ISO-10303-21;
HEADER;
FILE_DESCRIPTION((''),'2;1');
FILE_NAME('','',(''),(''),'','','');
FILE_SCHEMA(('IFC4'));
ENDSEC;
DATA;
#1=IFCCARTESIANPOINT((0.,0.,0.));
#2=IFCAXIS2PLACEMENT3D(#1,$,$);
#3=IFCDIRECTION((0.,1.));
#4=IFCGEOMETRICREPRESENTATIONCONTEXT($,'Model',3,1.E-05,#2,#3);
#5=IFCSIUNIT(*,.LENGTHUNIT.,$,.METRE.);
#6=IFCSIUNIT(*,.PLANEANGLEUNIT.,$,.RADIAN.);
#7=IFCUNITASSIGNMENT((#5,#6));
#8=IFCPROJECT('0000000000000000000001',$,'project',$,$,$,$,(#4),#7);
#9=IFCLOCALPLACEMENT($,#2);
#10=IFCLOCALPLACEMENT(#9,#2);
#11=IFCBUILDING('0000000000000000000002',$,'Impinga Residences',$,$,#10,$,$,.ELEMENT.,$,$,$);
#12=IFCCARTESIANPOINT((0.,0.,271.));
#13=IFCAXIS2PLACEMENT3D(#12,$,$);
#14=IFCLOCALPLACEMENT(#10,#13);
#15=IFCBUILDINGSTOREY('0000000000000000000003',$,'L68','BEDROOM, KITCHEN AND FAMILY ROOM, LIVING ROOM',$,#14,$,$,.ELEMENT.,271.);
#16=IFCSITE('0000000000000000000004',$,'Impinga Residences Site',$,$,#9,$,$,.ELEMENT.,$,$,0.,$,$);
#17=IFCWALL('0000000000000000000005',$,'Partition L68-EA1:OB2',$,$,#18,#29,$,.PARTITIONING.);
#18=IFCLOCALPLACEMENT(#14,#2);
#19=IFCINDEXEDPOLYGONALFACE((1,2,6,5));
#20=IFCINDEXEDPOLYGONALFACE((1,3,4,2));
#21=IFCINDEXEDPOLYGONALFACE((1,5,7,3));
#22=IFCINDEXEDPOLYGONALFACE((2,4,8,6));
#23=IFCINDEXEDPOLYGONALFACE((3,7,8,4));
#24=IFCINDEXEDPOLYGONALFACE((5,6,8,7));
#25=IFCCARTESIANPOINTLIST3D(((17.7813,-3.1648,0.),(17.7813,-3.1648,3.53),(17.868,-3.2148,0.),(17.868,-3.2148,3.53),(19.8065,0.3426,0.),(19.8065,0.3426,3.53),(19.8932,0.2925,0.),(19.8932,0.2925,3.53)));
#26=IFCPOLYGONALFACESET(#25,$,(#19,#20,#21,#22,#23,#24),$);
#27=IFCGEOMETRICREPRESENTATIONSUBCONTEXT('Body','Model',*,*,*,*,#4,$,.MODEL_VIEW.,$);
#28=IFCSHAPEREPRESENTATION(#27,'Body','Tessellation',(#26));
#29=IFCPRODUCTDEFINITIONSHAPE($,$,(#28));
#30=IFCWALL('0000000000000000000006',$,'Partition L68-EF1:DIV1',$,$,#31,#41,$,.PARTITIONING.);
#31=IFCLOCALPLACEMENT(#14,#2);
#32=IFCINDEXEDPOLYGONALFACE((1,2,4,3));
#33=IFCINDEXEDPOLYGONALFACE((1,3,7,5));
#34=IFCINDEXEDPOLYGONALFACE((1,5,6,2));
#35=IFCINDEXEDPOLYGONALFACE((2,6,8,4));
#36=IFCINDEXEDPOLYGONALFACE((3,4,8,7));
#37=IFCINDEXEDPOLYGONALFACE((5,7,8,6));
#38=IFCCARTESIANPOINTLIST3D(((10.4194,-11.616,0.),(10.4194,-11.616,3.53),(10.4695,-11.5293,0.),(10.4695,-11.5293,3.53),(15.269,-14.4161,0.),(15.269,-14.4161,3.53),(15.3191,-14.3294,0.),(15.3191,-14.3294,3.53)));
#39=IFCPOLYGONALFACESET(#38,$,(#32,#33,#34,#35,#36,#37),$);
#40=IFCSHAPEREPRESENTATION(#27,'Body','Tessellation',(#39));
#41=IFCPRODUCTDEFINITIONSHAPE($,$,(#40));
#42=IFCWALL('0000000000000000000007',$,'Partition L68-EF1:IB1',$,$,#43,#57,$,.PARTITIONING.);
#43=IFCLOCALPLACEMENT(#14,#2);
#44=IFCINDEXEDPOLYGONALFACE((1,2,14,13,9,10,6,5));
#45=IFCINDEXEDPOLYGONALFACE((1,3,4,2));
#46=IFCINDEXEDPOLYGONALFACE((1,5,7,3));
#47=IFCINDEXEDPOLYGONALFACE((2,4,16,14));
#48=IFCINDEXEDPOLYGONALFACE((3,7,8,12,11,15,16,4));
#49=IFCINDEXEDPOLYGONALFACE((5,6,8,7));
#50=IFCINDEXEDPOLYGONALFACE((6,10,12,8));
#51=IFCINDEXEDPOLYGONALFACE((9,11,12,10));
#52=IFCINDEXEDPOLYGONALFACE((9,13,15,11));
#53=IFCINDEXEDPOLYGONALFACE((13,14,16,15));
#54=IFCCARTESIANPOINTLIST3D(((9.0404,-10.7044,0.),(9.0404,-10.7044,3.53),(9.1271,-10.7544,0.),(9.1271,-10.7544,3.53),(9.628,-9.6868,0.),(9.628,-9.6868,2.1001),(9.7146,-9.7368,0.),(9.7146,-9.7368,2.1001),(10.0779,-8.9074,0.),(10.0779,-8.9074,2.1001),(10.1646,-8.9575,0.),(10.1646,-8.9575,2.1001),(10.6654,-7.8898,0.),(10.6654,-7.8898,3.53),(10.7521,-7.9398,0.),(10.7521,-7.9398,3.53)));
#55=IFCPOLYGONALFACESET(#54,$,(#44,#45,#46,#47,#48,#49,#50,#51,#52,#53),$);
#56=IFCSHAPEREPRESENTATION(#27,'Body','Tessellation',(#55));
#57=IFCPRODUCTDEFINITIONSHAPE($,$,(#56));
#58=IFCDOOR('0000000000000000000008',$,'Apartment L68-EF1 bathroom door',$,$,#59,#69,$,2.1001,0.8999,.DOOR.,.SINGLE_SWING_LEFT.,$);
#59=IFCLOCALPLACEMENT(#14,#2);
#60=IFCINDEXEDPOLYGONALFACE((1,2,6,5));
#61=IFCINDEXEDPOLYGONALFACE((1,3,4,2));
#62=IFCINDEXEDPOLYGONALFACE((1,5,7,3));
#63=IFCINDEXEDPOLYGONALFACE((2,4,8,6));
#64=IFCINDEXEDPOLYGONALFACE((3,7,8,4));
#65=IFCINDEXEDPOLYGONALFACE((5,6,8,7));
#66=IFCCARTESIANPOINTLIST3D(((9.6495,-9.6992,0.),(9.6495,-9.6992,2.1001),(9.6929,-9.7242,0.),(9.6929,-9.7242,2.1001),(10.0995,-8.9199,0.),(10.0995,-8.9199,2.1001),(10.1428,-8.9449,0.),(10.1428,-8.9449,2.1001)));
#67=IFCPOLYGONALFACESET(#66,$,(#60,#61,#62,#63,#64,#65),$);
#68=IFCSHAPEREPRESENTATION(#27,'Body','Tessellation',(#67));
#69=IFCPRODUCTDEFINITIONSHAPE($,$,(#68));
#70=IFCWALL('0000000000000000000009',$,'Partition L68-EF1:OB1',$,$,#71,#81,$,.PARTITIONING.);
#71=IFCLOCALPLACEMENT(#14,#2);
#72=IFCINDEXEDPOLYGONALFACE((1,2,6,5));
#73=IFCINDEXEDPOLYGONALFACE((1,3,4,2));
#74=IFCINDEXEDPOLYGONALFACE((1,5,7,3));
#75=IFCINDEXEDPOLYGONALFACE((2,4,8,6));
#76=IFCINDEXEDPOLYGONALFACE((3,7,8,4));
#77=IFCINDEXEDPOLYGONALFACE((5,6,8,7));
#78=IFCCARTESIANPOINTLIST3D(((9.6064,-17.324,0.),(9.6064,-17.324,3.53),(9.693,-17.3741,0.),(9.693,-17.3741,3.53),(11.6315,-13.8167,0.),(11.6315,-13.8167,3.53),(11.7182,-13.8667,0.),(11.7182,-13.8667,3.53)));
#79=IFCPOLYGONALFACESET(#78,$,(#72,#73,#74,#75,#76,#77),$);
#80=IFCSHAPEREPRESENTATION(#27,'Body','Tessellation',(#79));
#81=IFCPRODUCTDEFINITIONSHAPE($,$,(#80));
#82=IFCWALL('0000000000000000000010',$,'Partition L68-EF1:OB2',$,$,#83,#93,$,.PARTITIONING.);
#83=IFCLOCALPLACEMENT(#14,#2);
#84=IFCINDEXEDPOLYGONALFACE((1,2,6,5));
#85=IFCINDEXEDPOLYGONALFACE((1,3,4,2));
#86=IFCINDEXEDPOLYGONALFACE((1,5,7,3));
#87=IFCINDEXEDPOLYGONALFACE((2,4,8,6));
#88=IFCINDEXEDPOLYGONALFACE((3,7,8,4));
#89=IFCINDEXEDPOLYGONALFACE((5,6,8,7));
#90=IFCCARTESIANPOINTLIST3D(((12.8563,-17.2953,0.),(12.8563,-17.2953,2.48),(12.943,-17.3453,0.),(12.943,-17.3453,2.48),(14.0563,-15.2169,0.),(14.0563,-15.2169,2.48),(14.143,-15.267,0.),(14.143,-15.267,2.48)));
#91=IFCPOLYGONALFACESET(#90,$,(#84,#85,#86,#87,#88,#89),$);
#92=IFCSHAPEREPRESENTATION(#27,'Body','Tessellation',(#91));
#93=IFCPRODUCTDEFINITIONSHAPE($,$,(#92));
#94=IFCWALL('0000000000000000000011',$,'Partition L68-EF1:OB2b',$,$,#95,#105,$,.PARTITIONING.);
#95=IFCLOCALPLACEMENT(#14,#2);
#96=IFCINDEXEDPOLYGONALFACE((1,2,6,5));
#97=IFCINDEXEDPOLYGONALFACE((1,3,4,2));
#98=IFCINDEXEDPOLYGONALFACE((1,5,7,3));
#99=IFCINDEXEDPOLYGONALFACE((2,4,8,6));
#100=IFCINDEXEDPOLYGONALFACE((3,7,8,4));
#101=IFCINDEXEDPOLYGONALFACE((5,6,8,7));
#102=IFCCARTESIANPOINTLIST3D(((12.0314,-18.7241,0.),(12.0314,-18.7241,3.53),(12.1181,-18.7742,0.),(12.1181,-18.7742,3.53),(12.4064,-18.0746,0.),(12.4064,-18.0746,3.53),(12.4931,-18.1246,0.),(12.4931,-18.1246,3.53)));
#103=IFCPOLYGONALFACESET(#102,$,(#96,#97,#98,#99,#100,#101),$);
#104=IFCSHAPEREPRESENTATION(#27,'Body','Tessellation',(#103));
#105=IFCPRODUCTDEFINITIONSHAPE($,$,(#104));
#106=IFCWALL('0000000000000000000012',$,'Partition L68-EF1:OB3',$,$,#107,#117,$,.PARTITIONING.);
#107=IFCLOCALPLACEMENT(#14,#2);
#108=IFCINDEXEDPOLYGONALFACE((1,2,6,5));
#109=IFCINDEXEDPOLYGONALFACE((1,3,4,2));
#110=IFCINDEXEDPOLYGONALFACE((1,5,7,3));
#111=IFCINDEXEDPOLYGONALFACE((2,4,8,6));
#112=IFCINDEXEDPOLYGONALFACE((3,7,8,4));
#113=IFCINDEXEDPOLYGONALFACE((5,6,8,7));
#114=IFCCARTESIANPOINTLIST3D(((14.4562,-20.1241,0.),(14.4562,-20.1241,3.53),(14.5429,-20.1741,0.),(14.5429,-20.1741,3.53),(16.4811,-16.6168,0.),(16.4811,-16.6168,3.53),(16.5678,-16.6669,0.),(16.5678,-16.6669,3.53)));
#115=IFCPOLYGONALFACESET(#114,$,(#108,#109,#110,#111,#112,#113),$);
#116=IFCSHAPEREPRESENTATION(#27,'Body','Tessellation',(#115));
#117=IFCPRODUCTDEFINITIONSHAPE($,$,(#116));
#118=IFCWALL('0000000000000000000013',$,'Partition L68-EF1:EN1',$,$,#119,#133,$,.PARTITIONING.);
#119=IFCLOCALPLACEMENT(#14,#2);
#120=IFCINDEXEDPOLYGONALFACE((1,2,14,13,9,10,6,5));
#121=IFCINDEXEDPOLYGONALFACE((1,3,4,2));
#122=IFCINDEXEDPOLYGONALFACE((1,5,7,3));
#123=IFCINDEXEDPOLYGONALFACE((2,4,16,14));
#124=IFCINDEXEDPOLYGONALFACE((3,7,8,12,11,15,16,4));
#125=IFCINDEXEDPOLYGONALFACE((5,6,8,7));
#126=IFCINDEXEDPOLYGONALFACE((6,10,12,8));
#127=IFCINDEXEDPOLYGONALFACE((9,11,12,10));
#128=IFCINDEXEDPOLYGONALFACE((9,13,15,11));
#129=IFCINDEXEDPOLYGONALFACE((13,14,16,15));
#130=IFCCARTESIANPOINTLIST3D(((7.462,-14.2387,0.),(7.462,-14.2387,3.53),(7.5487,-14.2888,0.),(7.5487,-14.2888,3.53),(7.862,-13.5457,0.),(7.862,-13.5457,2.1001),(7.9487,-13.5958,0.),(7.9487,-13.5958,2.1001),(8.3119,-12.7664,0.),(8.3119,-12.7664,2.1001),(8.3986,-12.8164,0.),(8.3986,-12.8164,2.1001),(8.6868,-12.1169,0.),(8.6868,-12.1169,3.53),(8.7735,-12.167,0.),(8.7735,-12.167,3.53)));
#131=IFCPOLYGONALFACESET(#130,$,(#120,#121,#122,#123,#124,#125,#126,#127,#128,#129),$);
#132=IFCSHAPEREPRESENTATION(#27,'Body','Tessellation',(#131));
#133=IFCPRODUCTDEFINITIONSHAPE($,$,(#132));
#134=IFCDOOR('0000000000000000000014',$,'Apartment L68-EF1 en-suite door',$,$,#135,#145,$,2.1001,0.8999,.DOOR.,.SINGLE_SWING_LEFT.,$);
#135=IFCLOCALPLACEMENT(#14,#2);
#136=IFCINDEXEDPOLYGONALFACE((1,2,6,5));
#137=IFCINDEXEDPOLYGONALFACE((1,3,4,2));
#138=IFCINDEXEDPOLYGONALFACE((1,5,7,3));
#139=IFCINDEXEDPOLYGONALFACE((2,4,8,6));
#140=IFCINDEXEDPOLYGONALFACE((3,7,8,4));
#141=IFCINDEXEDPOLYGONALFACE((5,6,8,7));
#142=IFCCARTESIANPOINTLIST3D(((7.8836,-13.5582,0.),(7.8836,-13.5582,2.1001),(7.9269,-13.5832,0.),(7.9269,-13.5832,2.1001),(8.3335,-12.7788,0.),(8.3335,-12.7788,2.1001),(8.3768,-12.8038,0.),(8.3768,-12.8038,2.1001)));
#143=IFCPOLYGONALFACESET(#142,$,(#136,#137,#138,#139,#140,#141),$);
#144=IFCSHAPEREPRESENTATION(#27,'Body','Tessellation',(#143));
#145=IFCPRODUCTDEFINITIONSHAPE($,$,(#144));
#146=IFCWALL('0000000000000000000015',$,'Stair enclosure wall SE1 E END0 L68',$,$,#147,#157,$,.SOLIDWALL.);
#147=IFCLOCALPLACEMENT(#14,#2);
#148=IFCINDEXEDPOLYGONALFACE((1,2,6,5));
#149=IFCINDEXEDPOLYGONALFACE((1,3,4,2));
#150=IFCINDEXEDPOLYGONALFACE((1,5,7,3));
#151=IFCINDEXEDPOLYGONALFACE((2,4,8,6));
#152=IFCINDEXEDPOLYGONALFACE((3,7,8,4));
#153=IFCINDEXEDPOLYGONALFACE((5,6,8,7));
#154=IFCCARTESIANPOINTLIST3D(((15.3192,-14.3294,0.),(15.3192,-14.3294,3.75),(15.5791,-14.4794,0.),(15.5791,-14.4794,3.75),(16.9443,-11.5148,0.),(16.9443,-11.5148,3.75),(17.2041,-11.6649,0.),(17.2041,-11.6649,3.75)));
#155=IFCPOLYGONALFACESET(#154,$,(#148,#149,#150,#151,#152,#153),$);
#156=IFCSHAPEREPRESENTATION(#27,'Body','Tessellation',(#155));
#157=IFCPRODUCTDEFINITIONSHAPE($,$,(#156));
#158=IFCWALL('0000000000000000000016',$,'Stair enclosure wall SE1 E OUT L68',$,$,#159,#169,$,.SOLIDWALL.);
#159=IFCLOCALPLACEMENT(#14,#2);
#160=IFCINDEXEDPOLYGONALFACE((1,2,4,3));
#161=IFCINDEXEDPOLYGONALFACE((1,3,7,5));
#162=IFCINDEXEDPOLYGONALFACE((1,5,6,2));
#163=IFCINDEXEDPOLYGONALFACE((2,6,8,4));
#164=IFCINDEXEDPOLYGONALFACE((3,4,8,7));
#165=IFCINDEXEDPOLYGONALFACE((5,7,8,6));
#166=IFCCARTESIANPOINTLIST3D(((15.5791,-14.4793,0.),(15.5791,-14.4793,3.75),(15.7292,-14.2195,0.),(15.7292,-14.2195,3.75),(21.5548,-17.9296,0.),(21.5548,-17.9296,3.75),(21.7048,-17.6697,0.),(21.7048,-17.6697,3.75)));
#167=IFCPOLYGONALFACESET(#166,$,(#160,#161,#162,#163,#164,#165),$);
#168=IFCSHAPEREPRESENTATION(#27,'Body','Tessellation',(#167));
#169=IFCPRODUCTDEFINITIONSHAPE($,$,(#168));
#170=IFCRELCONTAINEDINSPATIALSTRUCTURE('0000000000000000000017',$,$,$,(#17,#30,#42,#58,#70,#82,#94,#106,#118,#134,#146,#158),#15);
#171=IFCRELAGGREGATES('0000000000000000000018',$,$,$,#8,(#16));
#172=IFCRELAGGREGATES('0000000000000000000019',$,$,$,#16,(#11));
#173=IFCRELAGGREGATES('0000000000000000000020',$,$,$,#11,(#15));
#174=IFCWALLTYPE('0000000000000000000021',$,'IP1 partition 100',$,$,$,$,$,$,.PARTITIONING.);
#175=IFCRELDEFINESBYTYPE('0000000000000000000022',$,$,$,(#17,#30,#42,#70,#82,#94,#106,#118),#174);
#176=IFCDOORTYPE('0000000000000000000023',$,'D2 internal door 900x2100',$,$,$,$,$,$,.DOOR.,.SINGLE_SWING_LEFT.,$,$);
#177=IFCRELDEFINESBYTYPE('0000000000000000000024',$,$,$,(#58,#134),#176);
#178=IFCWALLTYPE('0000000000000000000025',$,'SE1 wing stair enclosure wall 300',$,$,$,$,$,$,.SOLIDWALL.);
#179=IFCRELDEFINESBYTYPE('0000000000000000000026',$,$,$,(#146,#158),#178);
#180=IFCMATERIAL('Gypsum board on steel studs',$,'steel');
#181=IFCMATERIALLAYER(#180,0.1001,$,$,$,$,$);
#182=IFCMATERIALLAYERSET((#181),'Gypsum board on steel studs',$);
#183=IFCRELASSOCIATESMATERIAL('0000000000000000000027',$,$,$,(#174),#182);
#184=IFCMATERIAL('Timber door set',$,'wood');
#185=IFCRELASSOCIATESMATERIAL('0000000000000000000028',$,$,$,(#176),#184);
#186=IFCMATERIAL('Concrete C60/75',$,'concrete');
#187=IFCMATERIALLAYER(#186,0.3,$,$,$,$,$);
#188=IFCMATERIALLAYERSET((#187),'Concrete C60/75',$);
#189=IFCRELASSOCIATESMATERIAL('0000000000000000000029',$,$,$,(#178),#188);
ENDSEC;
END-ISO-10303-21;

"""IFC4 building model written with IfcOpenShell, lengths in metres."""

from ifc_helpers import new_model, si_unit, direction, frame, frame_2d, origin, place, context, subcontext, project, spatial, rectangle, extrude, material, layer, layer_set, type_object, element, fill, save


model = new_model("IFC4")

# Units and contexts
model_context = context("Model", 3, precision=1e-05, world=origin(), true_north=direction((0.0, 1.0)))
body_context = subcontext(model_context, "Body", "Model", "MODEL_VIEW")
ifc_project = project(units=[si_unit("LENGTHUNIT", "METRE"), si_unit("PLANEANGLEUNIT", "RADIAN")], contexts=[model_context])

# Site, building, storey
site_placement = place(None, origin())
site = spatial("IfcSite", under=ifc_project, at=site_placement, Name="Impinga Residences Site", CompositionType="ELEMENT", RefElevation=0.0)
building_placement = place(site_placement, origin())
building = spatial("IfcBuilding", under=site, at=building_placement, Name="Impinga Residences", CompositionType="ELEMENT")
storey_placement = place(building_placement, frame((0.0, 0.0, 271.0)))
storey = spatial("IfcBuildingStorey", under=building, at=storey_placement, Name="L68", Description="BEDROOM, KITCHEN AND FAMILY ROOM, LIVING ROOM", CompositionType="ELEMENT", Elevation=271.0)

# Shared definitions
ifc_material_1 = material(Name="Concrete C60/75", Category="concrete")

# Shared definitions
ifc_material_2 = material(Name="Timber door set", Category="wood")

# Shared definitions
ifc_material_3 = material(Name="Gypsum board on steel studs", Category="steel")
ifc_layer_1 = layer(ifc_material_3, 0.1001)
ifc_layer_set_1 = layer_set([ifc_layer_1], Name="Gypsum board on steel studs")
wall_type_1 = type_object("IfcWallType", Name="IP1 partition 100", PredefinedType="PARTITIONING", material=ifc_layer_set_1)

# Shared definitions
door_type_1 = type_object("IfcDoorType", Name="D2 internal door 900x2100", OperationType="SINGLE_SWING_LEFT", PredefinedType="DOOR", material=ifc_material_2)

# Walls
wall_1_placement = place(storey_placement, frame((17.8247, -3.1897, 0.0), z_axis=(0.0, 0.0, 1.0), x_axis=(0.500036, 0.866005, 0.0)))
element("IfcWall", 1, at=wall_1_placement, inside=storey, type_object=wall_type_1, Name="Partition L68-EA1:OB2", PredefinedType="PARTITIONING", context=body_context, shape_type="SweptSolid", body=[
    extrude(rectangle(XDim=4.05, YDim=0.1001, at=frame_2d((2.0249, 0.0))), origin(), (0.0, 0.0, 1.0), 3.53),
])
wall_2_placement = place(storey_placement, frame((10.4446, -11.5728, 0.0), z_axis=(0.0, 0.0, 1.0), x_axis=(0.866016, -0.500017, 0.0)))
element("IfcWall", 2, at=wall_2_placement, inside=storey, type_object=wall_type_1, Name="Partition L68-EF1:DIV1", PredefinedType="PARTITIONING", context=body_context, shape_type="SweptSolid", body=[
    extrude(rectangle(XDim=5.5999, YDim=0.1001, at=frame_2d((2.7998, 0.0))), origin(), (0.0, 0.0, 1.0), 3.53),
])

# Wall, opening, door
wall_3_placement = place(storey_placement, frame((10.7087, -7.9148, 0.0), z_axis=(0.0, 0.0, 1.0), x_axis=(-0.499985, -0.866034, 0.0)))
wall_3 = element("IfcWall", 3, at=wall_3_placement, inside=storey, type_object=wall_type_1, Name="Partition L68-EF1:IB1", PredefinedType="PARTITIONING", context=body_context, shape_type="SweptSolid", body=[
    extrude(rectangle(XDim=3.25, YDim=0.1001, at=frame_2d((1.625, 0.0))), origin(), (0.0, 0.0, 1.0), 3.53),
])
opening_1_placement = place(wall_3_placement, frame((1.175, 0.0, 0.0)))
opening_1 = element("IfcOpeningElement", 4, at=opening_1_placement, cuts=wall_3, PredefinedType="OPENING", context=body_context, shape_type="SweptSolid", body=[
    extrude(rectangle(XDim=0.8999, YDim=2.1001, at=frame_2d((0.45, 1.05))), frame((0.0, 0.0601, 0.0), z_axis=(0.0, -1.0, 0.0), x_axis=(1.0, 0.0, 0.0)), (0.0, 0.0, 1.0), 0.1201),
])
door_1_placement = place(opening_1_placement, origin())
door_1 = element("IfcDoor", 5, at=door_1_placement, inside=storey, type_object=door_type_1, Name="Apartment L68-EF1 bathroom door", OperationType="SINGLE_SWING_LEFT", OverallHeight=2.1001, OverallWidth=0.8999, PredefinedType="DOOR", context=body_context, shape_type="SweptSolid", body=[
    extrude(rectangle(XDim=0.8999, YDim=2.1001, at=frame_2d((0.45, 1.05))), frame((0.0, 0.0249, 0.0), z_axis=(0.0, -1.0, 0.0), x_axis=(1.0, 0.0, 0.0)), (0.0, 0.0, 1.0), 0.05),
])
fill(opening_1, door_1)

# Walls
wall_4_placement = place(storey_placement, frame((11.6748, -13.8418, 0.0), z_axis=(0.0, 0.0, 1.0), x_axis=(-0.500036, -0.866005, 0.0)))
element("IfcWall", 6, at=wall_4_placement, inside=storey, type_object=wall_type_1, Name="Partition L68-EF1:OB1", PredefinedType="PARTITIONING", context=body_context, shape_type="SweptSolid", body=[
    extrude(rectangle(XDim=4.05, YDim=0.1001, at=frame_2d((2.0249, 0.0))), origin(), (0.0, 0.0, 1.0), 3.53),
])
wall_5_placement = place(storey_placement, frame((14.0996, -15.2419, 0.0), z_axis=(0.0, 0.0, 1.0), x_axis=(-0.500001, -0.866025, 0.0)))
element("IfcWall", 7, at=wall_5_placement, inside=storey, type_object=wall_type_1, Name="Partition L68-EF1:OB2", PredefinedType="PARTITIONING", context=body_context, shape_type="SweptSolid", body=[
    extrude(rectangle(XDim=2.3999, YDim=0.1001, at=frame_2d((1.2, 0.0))), origin(), (0.0, 0.0, 1.0), 2.48),
])
wall_6_placement = place(storey_placement, frame((12.4497, -18.0996, 0.0), z_axis=(0.0, 0.0, 1.0), x_axis=(-0.49992, -0.866072, 0.0)))
element("IfcWall", 8, at=wall_6_placement, inside=storey, type_object=wall_type_1, Name="Partition L68-EF1:OB2b", PredefinedType="PARTITIONING", context=body_context, shape_type="SweptSolid", body=[
    extrude(rectangle(XDim=0.75, YDim=0.1001, at=frame_2d((0.375, 0.0))), origin(), (0.0, 0.0, 1.0), 3.53),
])
wall_7_placement = place(storey_placement, frame((16.5244, -16.6418, 0.0), z_axis=(0.0, 0.0, 1.0), x_axis=(-0.49999, -0.866031, 0.0)))
element("IfcWall", 9, at=wall_7_placement, inside=storey, type_object=wall_type_1, Name="Partition L68-EF1:OB3", PredefinedType="PARTITIONING", context=body_context, shape_type="SweptSolid", body=[
    extrude(rectangle(XDim=4.0498, YDim=0.1001, at=frame_2d((2.0249, 0.0))), origin(), (0.0, 0.0, 1.0), 3.53),
])

# Wall, opening, door
wall_8_placement = place(storey_placement, frame((8.7302, -12.1418, 0.0), z_axis=(0.0, 0.0, 1.0), x_axis=(-0.499944, -0.866058, 0.0)))
wall_8 = element("IfcWall", 10, at=wall_8_placement, inside=storey, type_object=wall_type_1, Name="Partition L68-EF1:EN1", PredefinedType="PARTITIONING", context=body_context, shape_type="SweptSolid", body=[
    extrude(rectangle(XDim=2.45, YDim=0.1001, at=frame_2d((1.2251, 0.0))), origin(), (0.0, 0.0, 1.0), 3.53),
])
opening_2_placement = place(wall_8_placement, frame((0.75, 0.0, 0.0)))
opening_2 = element("IfcOpeningElement", 11, at=opening_2_placement, cuts=wall_8, PredefinedType="OPENING", context=body_context, shape_type="SweptSolid", body=[
    extrude(rectangle(XDim=0.8999, YDim=2.1001, at=frame_2d((0.45, 1.05))), frame((0.0, 0.0601, 0.0), z_axis=(0.0, -1.0, 0.0), x_axis=(1.0, 0.0, 0.0)), (0.0, 0.0, 1.0), 0.1201),
])
door_2_placement = place(opening_2_placement, origin())
door_2 = element("IfcDoor", 12, at=door_2_placement, inside=storey, type_object=door_type_1, Name="Apartment L68-EF1 en-suite door", OperationType="SINGLE_SWING_LEFT", OverallHeight=2.1001, OverallWidth=0.8999, PredefinedType="DOOR", context=body_context, shape_type="SweptSolid", body=[
    extrude(rectangle(XDim=0.8999, YDim=2.1001, at=frame_2d((0.45, 1.05))), frame((0.0, 0.0249, 0.0), z_axis=(0.0, -1.0, 0.0), x_axis=(1.0, 0.0, 0.0)), (0.0, 0.0, 1.0), 0.05),
])
fill(opening_2, door_2)

# Walls
ifc_layer_2 = layer(ifc_material_1, 0.3)
ifc_layer_set_2 = layer_set([ifc_layer_2], Name="Concrete C60/75")
wall_type_2 = type_object("IfcWallType", Name="SE1 wing stair enclosure wall 300", PredefinedType="SOLIDWALL", material=ifc_layer_set_2)
wall_9_placement = place(storey_placement, frame((17.0742, -11.5898, 0.0), z_axis=(0.0, 0.0, 1.0), x_axis=(-0.500017, -0.866015, 0.0)))
element("IfcWall", 13, at=wall_9_placement, inside=storey, type_object=wall_type_2, Name="Stair enclosure wall SE1 E END0 L68", PredefinedType="SOLIDWALL", context=body_context, shape_type="SweptSolid", body=[
    extrude(rectangle(XDim=3.25, YDim=0.3, at=frame_2d((1.625, 0.0))), origin(), (0.0, 0.0, 1.0), 3.75),
])
wall_10_placement = place(storey_placement, frame((15.6541, -14.3494, 0.0), z_axis=(0.0, 0.0, 1.0), x_axis=(0.866014, -0.500021, 0.0)))
element("IfcWall", 14, at=wall_10_placement, inside=storey, type_object=wall_type_2, Name="Stair enclosure wall SE1 E OUT L68", PredefinedType="SOLIDWALL", context=body_context, shape_type="SweptSolid", body=[
    extrude(rectangle(XDim=6.9001, YDim=0.3, at=frame_2d((3.4502, 0.0))), origin(), (0.0, 0.0, 1.0), 3.75),
])

save(model, "model.ifc")
